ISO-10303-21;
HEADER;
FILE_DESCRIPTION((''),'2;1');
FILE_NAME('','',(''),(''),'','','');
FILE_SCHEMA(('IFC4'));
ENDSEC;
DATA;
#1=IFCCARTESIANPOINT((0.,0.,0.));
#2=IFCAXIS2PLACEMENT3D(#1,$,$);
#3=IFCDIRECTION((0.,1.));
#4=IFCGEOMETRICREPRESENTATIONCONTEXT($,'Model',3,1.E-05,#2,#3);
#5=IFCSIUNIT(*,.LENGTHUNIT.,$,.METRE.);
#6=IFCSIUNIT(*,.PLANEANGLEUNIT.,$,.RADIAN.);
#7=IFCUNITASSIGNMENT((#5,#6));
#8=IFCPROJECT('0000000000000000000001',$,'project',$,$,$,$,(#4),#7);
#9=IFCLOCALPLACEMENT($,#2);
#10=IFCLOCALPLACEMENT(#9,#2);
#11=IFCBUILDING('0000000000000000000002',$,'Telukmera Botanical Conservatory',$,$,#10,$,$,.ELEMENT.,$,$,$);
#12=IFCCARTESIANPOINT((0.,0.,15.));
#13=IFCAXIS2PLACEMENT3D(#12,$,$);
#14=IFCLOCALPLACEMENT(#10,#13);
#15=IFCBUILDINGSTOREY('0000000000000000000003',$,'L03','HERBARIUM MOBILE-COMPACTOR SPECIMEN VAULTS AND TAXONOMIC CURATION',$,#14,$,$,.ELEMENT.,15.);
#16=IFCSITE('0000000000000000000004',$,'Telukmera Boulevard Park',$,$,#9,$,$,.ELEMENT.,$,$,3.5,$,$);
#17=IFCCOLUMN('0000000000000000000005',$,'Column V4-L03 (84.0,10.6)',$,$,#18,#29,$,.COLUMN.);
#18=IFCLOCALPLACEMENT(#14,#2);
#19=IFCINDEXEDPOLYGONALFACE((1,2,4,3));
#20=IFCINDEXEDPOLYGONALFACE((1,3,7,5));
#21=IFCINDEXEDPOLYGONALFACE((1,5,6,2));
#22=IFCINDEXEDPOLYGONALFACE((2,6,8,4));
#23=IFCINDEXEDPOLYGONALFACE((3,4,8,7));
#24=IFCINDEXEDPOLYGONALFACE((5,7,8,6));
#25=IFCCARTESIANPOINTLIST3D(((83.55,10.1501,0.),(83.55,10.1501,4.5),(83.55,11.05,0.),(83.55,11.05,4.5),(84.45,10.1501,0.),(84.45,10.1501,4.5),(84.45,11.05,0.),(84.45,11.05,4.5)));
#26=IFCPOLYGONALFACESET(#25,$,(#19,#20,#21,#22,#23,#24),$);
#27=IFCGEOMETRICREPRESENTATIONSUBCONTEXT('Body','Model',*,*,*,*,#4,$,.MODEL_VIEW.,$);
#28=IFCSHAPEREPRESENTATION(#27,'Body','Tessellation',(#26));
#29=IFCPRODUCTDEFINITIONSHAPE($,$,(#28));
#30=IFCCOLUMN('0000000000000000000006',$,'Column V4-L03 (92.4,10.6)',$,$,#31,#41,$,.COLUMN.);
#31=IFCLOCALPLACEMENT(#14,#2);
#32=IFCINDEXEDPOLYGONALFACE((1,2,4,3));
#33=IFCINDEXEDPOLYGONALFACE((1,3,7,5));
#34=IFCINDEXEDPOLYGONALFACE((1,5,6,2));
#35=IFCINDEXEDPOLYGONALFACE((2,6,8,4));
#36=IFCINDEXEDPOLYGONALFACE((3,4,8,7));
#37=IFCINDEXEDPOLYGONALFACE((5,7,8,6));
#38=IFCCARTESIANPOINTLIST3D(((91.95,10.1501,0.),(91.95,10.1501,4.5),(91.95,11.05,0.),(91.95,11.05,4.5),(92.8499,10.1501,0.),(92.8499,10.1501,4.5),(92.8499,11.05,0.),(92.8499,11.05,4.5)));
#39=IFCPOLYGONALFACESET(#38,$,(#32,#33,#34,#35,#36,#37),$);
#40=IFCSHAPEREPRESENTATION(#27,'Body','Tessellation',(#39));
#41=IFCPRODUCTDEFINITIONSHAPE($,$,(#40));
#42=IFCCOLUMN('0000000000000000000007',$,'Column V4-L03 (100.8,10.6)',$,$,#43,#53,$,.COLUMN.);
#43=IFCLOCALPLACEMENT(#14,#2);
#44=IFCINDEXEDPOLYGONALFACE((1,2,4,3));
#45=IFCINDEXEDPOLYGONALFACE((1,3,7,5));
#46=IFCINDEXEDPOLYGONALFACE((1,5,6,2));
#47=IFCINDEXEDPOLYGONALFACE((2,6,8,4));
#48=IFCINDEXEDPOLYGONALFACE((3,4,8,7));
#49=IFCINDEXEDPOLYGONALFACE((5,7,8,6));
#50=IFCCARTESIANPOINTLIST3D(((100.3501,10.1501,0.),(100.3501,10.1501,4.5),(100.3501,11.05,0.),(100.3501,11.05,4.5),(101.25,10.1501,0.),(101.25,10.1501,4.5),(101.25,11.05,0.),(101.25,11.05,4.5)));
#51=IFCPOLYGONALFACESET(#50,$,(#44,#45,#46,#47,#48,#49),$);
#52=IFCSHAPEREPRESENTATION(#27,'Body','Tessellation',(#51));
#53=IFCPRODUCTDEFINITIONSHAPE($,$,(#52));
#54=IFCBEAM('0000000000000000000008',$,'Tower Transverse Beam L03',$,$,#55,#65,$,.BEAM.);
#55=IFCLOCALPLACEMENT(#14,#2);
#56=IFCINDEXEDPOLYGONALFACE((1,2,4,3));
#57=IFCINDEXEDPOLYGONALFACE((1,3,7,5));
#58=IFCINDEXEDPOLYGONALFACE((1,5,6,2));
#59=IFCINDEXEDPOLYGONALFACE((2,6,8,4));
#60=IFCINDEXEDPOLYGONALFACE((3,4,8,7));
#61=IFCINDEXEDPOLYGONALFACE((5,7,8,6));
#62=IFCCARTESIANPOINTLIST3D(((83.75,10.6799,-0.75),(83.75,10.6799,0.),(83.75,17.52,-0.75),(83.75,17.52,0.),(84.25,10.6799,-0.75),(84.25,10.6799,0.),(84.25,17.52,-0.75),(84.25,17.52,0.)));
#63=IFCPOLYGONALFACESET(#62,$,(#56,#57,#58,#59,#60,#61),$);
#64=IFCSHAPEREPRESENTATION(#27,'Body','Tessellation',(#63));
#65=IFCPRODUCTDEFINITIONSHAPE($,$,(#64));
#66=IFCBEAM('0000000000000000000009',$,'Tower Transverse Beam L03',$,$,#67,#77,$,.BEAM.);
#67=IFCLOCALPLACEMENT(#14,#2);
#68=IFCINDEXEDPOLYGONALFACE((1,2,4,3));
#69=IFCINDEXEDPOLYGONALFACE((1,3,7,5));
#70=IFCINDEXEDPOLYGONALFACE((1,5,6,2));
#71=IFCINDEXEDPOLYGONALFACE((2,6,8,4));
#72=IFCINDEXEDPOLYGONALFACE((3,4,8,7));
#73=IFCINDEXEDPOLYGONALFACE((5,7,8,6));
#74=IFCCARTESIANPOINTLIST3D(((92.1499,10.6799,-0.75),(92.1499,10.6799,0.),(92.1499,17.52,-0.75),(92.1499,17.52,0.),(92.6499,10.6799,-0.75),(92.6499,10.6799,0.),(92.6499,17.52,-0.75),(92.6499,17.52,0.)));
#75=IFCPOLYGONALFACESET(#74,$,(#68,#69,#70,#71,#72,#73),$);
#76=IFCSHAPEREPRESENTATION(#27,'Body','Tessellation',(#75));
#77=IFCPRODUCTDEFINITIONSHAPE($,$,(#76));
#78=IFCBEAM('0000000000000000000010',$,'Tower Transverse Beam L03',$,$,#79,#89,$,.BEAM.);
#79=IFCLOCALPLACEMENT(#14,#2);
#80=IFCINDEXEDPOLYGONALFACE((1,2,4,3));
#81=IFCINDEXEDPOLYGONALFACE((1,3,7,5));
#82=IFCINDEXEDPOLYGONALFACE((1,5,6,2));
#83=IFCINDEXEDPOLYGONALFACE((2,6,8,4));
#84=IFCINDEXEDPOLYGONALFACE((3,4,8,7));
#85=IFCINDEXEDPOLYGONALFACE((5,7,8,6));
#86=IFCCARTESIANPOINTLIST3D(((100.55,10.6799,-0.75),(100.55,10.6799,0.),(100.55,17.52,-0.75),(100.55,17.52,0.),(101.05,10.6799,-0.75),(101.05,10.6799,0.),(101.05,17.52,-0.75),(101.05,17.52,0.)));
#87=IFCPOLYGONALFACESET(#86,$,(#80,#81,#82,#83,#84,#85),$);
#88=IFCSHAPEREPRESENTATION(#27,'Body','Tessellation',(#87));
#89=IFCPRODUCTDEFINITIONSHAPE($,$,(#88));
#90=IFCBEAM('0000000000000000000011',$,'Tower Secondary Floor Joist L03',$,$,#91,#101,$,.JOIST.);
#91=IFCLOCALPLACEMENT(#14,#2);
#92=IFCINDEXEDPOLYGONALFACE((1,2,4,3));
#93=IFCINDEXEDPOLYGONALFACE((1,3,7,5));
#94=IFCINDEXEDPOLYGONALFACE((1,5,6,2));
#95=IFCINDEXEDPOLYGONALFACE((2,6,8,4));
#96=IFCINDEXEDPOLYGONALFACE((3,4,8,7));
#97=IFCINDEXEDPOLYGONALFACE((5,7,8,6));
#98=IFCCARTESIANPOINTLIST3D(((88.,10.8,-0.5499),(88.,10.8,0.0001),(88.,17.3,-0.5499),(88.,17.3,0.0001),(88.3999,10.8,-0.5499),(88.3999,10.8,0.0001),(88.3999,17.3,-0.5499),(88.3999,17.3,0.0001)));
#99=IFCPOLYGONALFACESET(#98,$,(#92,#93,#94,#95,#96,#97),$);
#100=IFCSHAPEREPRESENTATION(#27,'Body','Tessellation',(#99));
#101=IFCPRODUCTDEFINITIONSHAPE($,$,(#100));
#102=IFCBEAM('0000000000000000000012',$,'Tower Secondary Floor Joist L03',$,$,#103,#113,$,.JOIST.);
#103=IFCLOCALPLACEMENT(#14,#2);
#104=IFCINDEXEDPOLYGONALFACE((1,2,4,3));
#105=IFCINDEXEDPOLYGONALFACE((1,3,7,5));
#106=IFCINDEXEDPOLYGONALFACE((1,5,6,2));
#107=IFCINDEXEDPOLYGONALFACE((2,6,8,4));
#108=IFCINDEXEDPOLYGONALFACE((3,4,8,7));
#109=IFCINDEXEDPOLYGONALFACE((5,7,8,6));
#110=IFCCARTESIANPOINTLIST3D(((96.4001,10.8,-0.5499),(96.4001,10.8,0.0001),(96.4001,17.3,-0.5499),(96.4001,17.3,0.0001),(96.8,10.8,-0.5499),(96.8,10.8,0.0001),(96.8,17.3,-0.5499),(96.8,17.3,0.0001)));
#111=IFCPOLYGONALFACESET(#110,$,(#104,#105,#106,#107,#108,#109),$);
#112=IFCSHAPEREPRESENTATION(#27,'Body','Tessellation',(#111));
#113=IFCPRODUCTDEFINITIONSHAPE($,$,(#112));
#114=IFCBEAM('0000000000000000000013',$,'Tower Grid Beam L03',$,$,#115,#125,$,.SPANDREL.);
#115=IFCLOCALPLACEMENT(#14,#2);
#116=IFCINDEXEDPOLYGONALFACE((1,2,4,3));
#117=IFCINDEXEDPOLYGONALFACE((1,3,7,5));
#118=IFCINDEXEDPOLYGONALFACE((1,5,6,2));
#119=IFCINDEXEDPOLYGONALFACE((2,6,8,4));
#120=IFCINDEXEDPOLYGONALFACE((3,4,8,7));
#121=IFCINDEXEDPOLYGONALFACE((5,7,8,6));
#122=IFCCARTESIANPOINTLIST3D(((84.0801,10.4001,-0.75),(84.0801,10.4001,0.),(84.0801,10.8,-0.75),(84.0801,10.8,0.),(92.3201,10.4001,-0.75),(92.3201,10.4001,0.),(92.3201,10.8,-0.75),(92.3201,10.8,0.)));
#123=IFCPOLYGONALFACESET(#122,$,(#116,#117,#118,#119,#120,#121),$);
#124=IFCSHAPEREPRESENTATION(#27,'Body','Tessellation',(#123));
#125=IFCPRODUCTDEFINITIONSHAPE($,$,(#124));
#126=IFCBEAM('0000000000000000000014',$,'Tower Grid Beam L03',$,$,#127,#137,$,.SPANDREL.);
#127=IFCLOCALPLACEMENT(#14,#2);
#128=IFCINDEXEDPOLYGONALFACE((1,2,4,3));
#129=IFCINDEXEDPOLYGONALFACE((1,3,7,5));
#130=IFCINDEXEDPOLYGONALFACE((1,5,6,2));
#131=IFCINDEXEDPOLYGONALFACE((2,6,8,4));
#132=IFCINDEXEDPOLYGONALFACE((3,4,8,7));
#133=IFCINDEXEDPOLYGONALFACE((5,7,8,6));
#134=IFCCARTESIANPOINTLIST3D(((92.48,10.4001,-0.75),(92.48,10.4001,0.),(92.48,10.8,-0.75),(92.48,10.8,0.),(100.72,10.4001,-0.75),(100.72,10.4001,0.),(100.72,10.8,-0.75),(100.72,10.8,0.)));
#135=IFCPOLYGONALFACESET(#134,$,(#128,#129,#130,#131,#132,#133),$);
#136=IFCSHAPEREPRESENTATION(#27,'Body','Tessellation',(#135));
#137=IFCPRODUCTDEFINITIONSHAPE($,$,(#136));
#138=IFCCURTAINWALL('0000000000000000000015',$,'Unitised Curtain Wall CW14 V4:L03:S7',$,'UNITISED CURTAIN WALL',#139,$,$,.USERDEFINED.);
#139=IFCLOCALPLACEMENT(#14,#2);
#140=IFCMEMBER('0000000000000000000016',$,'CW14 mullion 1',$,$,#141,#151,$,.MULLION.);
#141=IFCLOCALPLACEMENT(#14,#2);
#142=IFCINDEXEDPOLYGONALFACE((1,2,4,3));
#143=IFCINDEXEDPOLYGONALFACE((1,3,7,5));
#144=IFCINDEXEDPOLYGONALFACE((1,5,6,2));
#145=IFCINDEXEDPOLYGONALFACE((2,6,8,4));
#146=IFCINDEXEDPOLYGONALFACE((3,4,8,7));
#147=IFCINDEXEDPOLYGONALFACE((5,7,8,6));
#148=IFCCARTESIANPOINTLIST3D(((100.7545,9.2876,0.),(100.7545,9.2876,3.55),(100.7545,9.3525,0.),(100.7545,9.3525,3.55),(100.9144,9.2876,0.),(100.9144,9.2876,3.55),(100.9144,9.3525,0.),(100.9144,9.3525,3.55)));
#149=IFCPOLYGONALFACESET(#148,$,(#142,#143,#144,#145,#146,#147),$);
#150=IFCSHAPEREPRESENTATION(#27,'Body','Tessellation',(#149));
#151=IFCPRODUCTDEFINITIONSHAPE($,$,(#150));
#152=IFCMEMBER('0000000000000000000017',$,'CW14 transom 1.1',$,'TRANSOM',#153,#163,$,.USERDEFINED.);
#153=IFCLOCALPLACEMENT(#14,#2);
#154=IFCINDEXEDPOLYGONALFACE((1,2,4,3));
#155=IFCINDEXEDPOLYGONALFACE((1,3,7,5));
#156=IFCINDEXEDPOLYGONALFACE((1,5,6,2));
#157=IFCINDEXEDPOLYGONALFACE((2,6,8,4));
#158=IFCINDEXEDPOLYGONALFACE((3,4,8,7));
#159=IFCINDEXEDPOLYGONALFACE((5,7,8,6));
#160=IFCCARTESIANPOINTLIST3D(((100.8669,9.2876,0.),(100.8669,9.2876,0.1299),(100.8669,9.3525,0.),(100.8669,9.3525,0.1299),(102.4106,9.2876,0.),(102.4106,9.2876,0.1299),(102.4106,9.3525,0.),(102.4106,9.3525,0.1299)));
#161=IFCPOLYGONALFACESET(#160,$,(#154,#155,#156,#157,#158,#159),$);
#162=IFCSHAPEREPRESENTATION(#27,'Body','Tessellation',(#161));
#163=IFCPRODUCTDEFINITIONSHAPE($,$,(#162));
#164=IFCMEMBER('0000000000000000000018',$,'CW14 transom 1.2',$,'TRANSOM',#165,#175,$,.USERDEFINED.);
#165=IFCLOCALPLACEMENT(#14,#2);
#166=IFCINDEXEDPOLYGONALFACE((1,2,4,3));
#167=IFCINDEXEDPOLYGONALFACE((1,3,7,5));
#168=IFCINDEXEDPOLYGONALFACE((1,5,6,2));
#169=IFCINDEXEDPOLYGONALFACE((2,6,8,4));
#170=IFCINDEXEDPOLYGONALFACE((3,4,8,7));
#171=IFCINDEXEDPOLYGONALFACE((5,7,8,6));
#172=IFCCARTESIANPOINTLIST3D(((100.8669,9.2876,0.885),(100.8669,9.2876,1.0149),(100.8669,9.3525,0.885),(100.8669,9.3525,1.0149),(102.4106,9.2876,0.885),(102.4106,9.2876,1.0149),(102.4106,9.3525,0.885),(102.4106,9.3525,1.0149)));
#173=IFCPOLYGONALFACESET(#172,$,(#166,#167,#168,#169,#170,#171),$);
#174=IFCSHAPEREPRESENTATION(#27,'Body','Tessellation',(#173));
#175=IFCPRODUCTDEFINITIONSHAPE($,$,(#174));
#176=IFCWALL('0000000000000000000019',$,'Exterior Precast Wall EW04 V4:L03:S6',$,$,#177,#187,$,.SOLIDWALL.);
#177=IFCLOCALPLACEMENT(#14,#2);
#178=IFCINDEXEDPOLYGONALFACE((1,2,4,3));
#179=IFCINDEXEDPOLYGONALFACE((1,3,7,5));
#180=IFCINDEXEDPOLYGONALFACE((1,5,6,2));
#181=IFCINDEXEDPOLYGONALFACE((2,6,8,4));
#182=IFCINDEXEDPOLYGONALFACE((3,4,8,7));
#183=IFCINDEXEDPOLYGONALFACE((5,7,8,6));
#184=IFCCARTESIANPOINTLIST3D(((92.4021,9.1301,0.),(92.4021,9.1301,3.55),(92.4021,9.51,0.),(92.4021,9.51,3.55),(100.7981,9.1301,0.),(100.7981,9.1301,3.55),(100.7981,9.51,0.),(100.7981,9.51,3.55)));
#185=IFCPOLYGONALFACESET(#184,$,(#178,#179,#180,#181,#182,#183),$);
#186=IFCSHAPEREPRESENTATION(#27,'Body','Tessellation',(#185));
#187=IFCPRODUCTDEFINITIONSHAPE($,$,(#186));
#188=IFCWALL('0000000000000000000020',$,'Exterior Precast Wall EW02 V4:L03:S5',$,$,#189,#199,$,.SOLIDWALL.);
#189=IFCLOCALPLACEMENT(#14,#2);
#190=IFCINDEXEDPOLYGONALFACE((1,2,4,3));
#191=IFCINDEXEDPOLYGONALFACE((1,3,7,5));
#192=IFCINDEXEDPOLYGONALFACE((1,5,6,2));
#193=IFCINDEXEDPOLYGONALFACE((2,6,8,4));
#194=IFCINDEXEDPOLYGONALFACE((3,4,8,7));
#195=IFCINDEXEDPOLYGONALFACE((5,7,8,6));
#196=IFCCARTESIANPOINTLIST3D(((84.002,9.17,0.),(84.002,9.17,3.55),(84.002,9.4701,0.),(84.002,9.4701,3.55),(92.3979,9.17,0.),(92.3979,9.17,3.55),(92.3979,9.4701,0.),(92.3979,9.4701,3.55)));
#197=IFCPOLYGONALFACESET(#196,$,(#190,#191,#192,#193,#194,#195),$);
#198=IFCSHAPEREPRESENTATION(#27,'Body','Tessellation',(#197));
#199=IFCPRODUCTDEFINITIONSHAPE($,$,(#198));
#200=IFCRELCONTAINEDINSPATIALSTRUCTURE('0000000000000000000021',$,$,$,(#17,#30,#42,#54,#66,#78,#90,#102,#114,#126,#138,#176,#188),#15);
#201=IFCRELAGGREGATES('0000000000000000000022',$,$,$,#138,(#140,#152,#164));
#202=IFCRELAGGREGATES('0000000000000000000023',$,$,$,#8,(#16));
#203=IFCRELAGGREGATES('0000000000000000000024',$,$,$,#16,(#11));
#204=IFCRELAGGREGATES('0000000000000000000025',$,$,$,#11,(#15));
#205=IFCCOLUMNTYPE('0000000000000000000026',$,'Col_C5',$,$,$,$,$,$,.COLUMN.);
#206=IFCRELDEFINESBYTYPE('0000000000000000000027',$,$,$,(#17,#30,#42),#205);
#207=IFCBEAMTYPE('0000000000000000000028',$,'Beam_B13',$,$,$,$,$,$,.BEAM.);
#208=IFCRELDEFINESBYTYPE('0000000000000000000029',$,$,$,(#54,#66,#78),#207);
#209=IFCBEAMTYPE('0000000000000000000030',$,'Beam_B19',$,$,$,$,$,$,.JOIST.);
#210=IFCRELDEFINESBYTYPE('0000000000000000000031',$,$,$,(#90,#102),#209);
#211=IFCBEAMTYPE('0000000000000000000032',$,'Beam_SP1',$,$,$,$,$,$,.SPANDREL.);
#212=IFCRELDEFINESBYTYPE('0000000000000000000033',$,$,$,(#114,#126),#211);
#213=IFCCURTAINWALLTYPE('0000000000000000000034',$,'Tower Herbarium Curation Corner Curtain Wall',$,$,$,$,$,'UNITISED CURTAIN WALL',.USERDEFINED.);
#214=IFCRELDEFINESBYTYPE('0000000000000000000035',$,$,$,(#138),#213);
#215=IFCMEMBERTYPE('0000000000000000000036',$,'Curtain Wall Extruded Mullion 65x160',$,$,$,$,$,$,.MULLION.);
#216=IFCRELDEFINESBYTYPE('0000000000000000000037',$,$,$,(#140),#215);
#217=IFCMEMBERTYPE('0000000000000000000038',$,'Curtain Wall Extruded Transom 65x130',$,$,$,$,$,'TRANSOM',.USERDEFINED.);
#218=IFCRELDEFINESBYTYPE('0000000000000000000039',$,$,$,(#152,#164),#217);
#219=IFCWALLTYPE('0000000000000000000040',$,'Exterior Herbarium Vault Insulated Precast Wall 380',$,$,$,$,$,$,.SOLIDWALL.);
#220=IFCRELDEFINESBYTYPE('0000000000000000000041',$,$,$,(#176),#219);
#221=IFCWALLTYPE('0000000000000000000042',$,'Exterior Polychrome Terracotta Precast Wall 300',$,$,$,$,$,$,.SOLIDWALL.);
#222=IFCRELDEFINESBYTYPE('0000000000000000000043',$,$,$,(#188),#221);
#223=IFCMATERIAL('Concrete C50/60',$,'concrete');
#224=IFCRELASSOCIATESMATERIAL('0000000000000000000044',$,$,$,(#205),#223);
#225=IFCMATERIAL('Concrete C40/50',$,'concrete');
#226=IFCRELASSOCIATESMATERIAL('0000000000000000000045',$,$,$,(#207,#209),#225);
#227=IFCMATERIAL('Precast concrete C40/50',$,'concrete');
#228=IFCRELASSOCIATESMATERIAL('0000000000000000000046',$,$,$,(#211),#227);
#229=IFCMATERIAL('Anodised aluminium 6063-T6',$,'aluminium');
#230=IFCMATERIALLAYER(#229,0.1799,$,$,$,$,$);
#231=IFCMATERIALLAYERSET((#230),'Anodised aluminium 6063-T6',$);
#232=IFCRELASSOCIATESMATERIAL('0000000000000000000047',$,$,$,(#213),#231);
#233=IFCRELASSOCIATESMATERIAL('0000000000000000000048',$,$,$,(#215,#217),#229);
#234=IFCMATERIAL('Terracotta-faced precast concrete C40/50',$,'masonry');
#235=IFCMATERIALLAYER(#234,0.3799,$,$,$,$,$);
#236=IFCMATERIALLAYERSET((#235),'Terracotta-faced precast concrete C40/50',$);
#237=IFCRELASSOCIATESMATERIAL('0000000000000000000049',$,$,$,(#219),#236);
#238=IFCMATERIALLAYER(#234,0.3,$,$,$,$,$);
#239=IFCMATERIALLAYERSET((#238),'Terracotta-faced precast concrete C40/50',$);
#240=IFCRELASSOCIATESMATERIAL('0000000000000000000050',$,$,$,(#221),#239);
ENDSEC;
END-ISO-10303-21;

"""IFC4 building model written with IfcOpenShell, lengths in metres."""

from ifc_helpers import new_model, si_unit, direction, frame, frame_2d, origin, origin_2d, place, context, subcontext, project, spatial, rectangle, extrude, material, layer, layer_set, material_profile, profile_set, type_object, element, aggregate, save


model = new_model("IFC4")

# Units and contexts
model_context = context("Model", 3, precision=1e-05, world=origin(), true_north=direction((0.0, 1.0)))
body_context = subcontext(model_context, "Body", "Model", "MODEL_VIEW")
ifc_project = project(units=[si_unit("LENGTHUNIT", "METRE"), si_unit("PLANEANGLEUNIT", "RADIAN")], contexts=[model_context])

# Site, building, storey
site_placement = place(None, origin())
site = spatial("IfcSite", under=ifc_project, at=site_placement, Name="Telukmera Boulevard Park", CompositionType="ELEMENT", RefElevation=3.5)
building_placement = place(site_placement, origin())
building = spatial("IfcBuilding", under=site, at=building_placement, Name="Telukmera Botanical Conservatory", CompositionType="ELEMENT")
storey_placement = place(building_placement, frame((0.0, 0.0, 15.0)))
storey = spatial("IfcBuildingStorey", under=building, at=storey_placement, Name="L03", Description="HERBARIUM MOBILE-COMPACTOR SPECIMEN VAULTS AND TAXONOMIC CURATION", CompositionType="ELEMENT", Elevation=15.0)

# Columns
ifc_material_1 = material(Name="Concrete C50/60", Category="concrete")
ifc_material_profile_1 = material_profile(ifc_material_1, rectangle(XDim=0.8999, YDim=0.8999, at=origin_2d()), Name="RC 900x900")
ifc_profile_set_1 = profile_set([ifc_material_profile_1], Name="Concrete C50/60")
column_type = type_object("IfcColumnType", Name="Col_C5", PredefinedType="COLUMN", material=ifc_profile_set_1)
for number, where, z_axis, x_axis, name in (
    (1, (84.0, 10.6001, 0.0), (0.0, 0.0, 1.0), (1.0, 0.0, 0.0), "Column V4-L03 (84.0,10.6)"),
    (2, (92.3999, 10.6001, 0.0), (0.0, 0.0, 1.0), (1.0, 0.0, 0.0), "Column V4-L03 (92.4,10.6)"),
    (3, (100.8, 10.6001, 0.0), (0.0, 0.0, 1.0), (1.0, 0.0, 0.0), "Column V4-L03 (100.8,10.6)"),
):
    element("IfcColumn", number, at=place(storey_placement, frame(where, z_axis=z_axis, x_axis=x_axis)), inside=storey, type_object=column_type, Name=name, PredefinedType="COLUMN", context=body_context, shape_type="SweptSolid", body=[
        extrude(rectangle(XDim=0.8999, YDim=0.8999, at=origin_2d()), origin(), (0.0, 0.0, 1.0), 4.5),
    ])

# Beams
ifc_material_2 = material(Name="Concrete C40/50", Category="concrete")
ifc_material_profile_2 = material_profile(ifc_material_2, rectangle(XDim=0.5, YDim=0.75, at=origin_2d()), Name="RC 500x750")
ifc_profile_set_2 = profile_set([ifc_material_profile_2], Name="Concrete C40/50")
beam_type_1 = type_object("IfcBeamType", Name="Beam_B13", PredefinedType="BEAM", material=ifc_profile_set_2)
for number, where, z_axis, x_axis, name in (
    (4, (84.0, 10.6799, -0.375), (0.0, 1.0, 0.0), (-1.0, 0.0, 0.0), "Tower Transverse Beam L03"),
    (5, (92.3999, 10.6799, -0.375), (0.0, 1.0, 0.0), (-1.0, 0.0, 0.0), "Tower Transverse Beam L03"),
    (6, (100.8, 10.6799, -0.375), (0.0, 1.0, 0.0), (-1.0, 0.0, 0.0), "Tower Transverse Beam L03"),
):
    element("IfcBeam", number, at=place(storey_placement, frame(where, z_axis=z_axis, x_axis=x_axis)), inside=storey, type_object=beam_type_1, Name=name, PredefinedType="BEAM", context=body_context, shape_type="SweptSolid", body=[
        extrude(rectangle(XDim=0.5, YDim=0.75, at=origin_2d()), origin(), (0.0, 0.0, 1.0), 6.8401),
    ])
ifc_material_profile_3 = material_profile(ifc_material_2, rectangle(XDim=0.3999, YDim=0.55, at=origin_2d()), Name="RC 400x550")
ifc_profile_set_3 = profile_set([ifc_material_profile_3], Name="Concrete C40/50")
beam_type_2 = type_object("IfcBeamType", Name="Beam_B19", PredefinedType="JOIST", material=ifc_profile_set_3)
for number, where, z_axis, x_axis, name in (
    (7, (88.2, 10.8, -0.2749), (0.0, 1.0, 0.0), (-1.0, 0.0, 0.0), "Tower Secondary Floor Joist L03"),
    (8, (96.6001, 10.8, -0.2749), (0.0, 1.0, 0.0), (-1.0, 0.0, 0.0), "Tower Secondary Floor Joist L03"),
):
    element("IfcBeam", number, at=place(storey_placement, frame(where, z_axis=z_axis, x_axis=x_axis)), inside=storey, type_object=beam_type_2, Name=name, PredefinedType="JOIST", context=body_context, shape_type="SweptSolid", body=[
        extrude(rectangle(XDim=0.3999, YDim=0.55, at=origin_2d()), origin(), (0.0, 0.0, 1.0), 6.5),
    ])
ifc_material_3 = material(Name="Precast concrete C40/50", Category="concrete")
ifc_material_profile_4 = material_profile(ifc_material_3, rectangle(XDim=0.3999, YDim=0.75, at=origin_2d()), Name="PC 400x750")
ifc_profile_set_4 = profile_set([ifc_material_profile_4], Name="Precast concrete C40/50")
beam_type_3 = type_object("IfcBeamType", Name="Beam_SP1", PredefinedType="SPANDREL", material=ifc_profile_set_4)
for number, where, z_axis, x_axis, name in (
    (9, (84.0801, 10.6001, -0.375), (1.0, 0.0, 0.0), (0.0, 1.0, 0.0), "Tower Grid Beam L03"),
    (10, (92.48, 10.6001, -0.375), (1.0, 0.0, 0.0), (0.0, 1.0, 0.0), "Tower Grid Beam L03"),
):
    element("IfcBeam", number, at=place(storey_placement, frame(where, z_axis=z_axis, x_axis=x_axis)), inside=storey, type_object=beam_type_3, Name=name, PredefinedType="SPANDREL", context=body_context, shape_type="SweptSolid", body=[
        extrude(rectangle(XDim=0.3999, YDim=0.75, at=origin_2d()), origin(), (0.0, 0.0, 1.0), 8.24),
    ])

# Curtain wall, members
ifc_material_4 = material(Name="Anodised aluminium 6063-T6", Category="aluminium")
ifc_layer_1 = layer(ifc_material_4, 0.1799)
ifc_layer_set_1 = layer_set([ifc_layer_1], Name="Anodised aluminium 6063-T6")
curtain_wall_type = type_object("IfcCurtainWallType", Name="Tower Herbarium Curation Corner Curtain Wall", ElementType="UNITISED CURTAIN WALL", PredefinedType="USERDEFINED", material=ifc_layer_set_1)
curtain_wall_placement = place(storey_placement, origin())
curtain_wall = element("IfcCurtainWall", 11, at=curtain_wall_placement, inside=storey, type_object=curtain_wall_type, Name="Unitised Curtain Wall CW14 V4:L03:S7", ObjectType="UNITISED CURTAIN WALL", PredefinedType="USERDEFINED")
ifc_material_profile_5 = material_profile(ifc_material_4, rectangle(XDim=0.0649, YDim=0.1599, at=origin_2d()), Name="ALU MULL 65x160")
ifc_profile_set_5 = profile_set([ifc_material_profile_5], Name="Anodised aluminium 6063-T6")
member_type_1 = type_object("IfcMemberType", Name="Curtain Wall Extruded Mullion 65x160", PredefinedType="MULLION", material=ifc_profile_set_5)
member_1_placement = place(storey_placement, frame((100.8345, 9.3201, 0.0), z_axis=(0.0, 0.0, 1.0), x_axis=(0.0, 1.0, 0.0)))
member_1 = element("IfcMember", 12, at=member_1_placement, type_object=member_type_1, Name="CW14 mullion 1", PredefinedType="MULLION", context=body_context, shape_type="SweptSolid", body=[
    extrude(rectangle(XDim=0.0649, YDim=0.1599, at=origin_2d()), origin(), (0.0, 0.0, 1.0), 3.55),
])
ifc_material_profile_6 = material_profile(ifc_material_4, rectangle(XDim=0.0649, YDim=0.1299, at=origin_2d()), Name="ALU TRAN 65x130")
ifc_profile_set_6 = profile_set([ifc_material_profile_6], Name="Anodised aluminium 6063-T6")
member_type_2 = type_object("IfcMemberType", Name="Curtain Wall Extruded Transom 65x130", ElementType="TRANSOM", PredefinedType="USERDEFINED", material=ifc_profile_set_6)
member_2_placement = place(storey_placement, frame((100.8669, 9.3201, 0.0649), z_axis=(1.0, 0.0, 0.0), x_axis=(0.0, 1.0, 0.0)))
member_2 = element("IfcMember", 13, at=member_2_placement, type_object=member_type_2, Name="CW14 transom 1.1", ObjectType="TRANSOM", PredefinedType="USERDEFINED", context=body_context, shape_type="SweptSolid", body=[
    extrude(rectangle(XDim=0.0649, YDim=0.1299, at=origin_2d()), origin(), (0.0, 0.0, 1.0), 1.5437),
])
member_3_placement = place(storey_placement, frame((100.8669, 9.3201, 0.95), z_axis=(1.0, 0.0, 0.0), x_axis=(0.0, 1.0, 0.0)))
member_3 = element("IfcMember", 14, at=member_3_placement, type_object=member_type_2, Name="CW14 transom 1.2", ObjectType="TRANSOM", PredefinedType="USERDEFINED", context=body_context, shape_type="SweptSolid", body=[
    extrude(rectangle(XDim=0.0649, YDim=0.1299, at=origin_2d()), origin(), (0.0, 0.0, 1.0), 1.5437),
])
aggregate(curtain_wall, [member_1, member_2, member_3])

# Walls
ifc_material_5 = material(Name="Terracotta-faced precast concrete C40/50", Category="masonry")
ifc_layer_2 = layer(ifc_material_5, 0.3799)
ifc_layer_set_2 = layer_set([ifc_layer_2], Name="Terracotta-faced precast concrete C40/50")
wall_type_1 = type_object("IfcWallType", Name="Exterior Herbarium Vault Insulated Precast Wall 380", PredefinedType="SOLIDWALL", material=ifc_layer_set_2)
wall_1_placement = place(storey_placement, frame((92.4021, 9.3201, 0.0), z_axis=(0.0, 0.0, 1.0), x_axis=(1.0, 0.0, 0.0)))
element("IfcWall", 15, at=wall_1_placement, inside=storey, type_object=wall_type_1, Name="Exterior Precast Wall EW04 V4:L03:S6", PredefinedType="SOLIDWALL", context=body_context, shape_type="SweptSolid", body=[
    extrude(rectangle(XDim=8.396, YDim=0.3799, at=frame_2d((4.198, 0.0))), origin(), (0.0, 0.0, 1.0), 3.55),
])
ifc_layer_3 = layer(ifc_material_5, 0.3)
ifc_layer_set_3 = layer_set([ifc_layer_3], Name="Terracotta-faced precast concrete C40/50")
wall_type_2 = type_object("IfcWallType", Name="Exterior Polychrome Terracotta Precast Wall 300", PredefinedType="SOLIDWALL", material=ifc_layer_set_3)
wall_2_placement = place(storey_placement, frame((84.002, 9.3201, 0.0), z_axis=(0.0, 0.0, 1.0), x_axis=(1.0, 0.0, 0.0)))
element("IfcWall", 16, at=wall_2_placement, inside=storey, type_object=wall_type_2, Name="Exterior Precast Wall EW02 V4:L03:S5", PredefinedType="SOLIDWALL", context=body_context, shape_type="SweptSolid", body=[
    extrude(rectangle(XDim=8.396, YDim=0.3, at=frame_2d((4.198, 0.0))), origin(), (0.0, 0.0, 1.0), 3.55),
])

save(model, "model.ifc")
